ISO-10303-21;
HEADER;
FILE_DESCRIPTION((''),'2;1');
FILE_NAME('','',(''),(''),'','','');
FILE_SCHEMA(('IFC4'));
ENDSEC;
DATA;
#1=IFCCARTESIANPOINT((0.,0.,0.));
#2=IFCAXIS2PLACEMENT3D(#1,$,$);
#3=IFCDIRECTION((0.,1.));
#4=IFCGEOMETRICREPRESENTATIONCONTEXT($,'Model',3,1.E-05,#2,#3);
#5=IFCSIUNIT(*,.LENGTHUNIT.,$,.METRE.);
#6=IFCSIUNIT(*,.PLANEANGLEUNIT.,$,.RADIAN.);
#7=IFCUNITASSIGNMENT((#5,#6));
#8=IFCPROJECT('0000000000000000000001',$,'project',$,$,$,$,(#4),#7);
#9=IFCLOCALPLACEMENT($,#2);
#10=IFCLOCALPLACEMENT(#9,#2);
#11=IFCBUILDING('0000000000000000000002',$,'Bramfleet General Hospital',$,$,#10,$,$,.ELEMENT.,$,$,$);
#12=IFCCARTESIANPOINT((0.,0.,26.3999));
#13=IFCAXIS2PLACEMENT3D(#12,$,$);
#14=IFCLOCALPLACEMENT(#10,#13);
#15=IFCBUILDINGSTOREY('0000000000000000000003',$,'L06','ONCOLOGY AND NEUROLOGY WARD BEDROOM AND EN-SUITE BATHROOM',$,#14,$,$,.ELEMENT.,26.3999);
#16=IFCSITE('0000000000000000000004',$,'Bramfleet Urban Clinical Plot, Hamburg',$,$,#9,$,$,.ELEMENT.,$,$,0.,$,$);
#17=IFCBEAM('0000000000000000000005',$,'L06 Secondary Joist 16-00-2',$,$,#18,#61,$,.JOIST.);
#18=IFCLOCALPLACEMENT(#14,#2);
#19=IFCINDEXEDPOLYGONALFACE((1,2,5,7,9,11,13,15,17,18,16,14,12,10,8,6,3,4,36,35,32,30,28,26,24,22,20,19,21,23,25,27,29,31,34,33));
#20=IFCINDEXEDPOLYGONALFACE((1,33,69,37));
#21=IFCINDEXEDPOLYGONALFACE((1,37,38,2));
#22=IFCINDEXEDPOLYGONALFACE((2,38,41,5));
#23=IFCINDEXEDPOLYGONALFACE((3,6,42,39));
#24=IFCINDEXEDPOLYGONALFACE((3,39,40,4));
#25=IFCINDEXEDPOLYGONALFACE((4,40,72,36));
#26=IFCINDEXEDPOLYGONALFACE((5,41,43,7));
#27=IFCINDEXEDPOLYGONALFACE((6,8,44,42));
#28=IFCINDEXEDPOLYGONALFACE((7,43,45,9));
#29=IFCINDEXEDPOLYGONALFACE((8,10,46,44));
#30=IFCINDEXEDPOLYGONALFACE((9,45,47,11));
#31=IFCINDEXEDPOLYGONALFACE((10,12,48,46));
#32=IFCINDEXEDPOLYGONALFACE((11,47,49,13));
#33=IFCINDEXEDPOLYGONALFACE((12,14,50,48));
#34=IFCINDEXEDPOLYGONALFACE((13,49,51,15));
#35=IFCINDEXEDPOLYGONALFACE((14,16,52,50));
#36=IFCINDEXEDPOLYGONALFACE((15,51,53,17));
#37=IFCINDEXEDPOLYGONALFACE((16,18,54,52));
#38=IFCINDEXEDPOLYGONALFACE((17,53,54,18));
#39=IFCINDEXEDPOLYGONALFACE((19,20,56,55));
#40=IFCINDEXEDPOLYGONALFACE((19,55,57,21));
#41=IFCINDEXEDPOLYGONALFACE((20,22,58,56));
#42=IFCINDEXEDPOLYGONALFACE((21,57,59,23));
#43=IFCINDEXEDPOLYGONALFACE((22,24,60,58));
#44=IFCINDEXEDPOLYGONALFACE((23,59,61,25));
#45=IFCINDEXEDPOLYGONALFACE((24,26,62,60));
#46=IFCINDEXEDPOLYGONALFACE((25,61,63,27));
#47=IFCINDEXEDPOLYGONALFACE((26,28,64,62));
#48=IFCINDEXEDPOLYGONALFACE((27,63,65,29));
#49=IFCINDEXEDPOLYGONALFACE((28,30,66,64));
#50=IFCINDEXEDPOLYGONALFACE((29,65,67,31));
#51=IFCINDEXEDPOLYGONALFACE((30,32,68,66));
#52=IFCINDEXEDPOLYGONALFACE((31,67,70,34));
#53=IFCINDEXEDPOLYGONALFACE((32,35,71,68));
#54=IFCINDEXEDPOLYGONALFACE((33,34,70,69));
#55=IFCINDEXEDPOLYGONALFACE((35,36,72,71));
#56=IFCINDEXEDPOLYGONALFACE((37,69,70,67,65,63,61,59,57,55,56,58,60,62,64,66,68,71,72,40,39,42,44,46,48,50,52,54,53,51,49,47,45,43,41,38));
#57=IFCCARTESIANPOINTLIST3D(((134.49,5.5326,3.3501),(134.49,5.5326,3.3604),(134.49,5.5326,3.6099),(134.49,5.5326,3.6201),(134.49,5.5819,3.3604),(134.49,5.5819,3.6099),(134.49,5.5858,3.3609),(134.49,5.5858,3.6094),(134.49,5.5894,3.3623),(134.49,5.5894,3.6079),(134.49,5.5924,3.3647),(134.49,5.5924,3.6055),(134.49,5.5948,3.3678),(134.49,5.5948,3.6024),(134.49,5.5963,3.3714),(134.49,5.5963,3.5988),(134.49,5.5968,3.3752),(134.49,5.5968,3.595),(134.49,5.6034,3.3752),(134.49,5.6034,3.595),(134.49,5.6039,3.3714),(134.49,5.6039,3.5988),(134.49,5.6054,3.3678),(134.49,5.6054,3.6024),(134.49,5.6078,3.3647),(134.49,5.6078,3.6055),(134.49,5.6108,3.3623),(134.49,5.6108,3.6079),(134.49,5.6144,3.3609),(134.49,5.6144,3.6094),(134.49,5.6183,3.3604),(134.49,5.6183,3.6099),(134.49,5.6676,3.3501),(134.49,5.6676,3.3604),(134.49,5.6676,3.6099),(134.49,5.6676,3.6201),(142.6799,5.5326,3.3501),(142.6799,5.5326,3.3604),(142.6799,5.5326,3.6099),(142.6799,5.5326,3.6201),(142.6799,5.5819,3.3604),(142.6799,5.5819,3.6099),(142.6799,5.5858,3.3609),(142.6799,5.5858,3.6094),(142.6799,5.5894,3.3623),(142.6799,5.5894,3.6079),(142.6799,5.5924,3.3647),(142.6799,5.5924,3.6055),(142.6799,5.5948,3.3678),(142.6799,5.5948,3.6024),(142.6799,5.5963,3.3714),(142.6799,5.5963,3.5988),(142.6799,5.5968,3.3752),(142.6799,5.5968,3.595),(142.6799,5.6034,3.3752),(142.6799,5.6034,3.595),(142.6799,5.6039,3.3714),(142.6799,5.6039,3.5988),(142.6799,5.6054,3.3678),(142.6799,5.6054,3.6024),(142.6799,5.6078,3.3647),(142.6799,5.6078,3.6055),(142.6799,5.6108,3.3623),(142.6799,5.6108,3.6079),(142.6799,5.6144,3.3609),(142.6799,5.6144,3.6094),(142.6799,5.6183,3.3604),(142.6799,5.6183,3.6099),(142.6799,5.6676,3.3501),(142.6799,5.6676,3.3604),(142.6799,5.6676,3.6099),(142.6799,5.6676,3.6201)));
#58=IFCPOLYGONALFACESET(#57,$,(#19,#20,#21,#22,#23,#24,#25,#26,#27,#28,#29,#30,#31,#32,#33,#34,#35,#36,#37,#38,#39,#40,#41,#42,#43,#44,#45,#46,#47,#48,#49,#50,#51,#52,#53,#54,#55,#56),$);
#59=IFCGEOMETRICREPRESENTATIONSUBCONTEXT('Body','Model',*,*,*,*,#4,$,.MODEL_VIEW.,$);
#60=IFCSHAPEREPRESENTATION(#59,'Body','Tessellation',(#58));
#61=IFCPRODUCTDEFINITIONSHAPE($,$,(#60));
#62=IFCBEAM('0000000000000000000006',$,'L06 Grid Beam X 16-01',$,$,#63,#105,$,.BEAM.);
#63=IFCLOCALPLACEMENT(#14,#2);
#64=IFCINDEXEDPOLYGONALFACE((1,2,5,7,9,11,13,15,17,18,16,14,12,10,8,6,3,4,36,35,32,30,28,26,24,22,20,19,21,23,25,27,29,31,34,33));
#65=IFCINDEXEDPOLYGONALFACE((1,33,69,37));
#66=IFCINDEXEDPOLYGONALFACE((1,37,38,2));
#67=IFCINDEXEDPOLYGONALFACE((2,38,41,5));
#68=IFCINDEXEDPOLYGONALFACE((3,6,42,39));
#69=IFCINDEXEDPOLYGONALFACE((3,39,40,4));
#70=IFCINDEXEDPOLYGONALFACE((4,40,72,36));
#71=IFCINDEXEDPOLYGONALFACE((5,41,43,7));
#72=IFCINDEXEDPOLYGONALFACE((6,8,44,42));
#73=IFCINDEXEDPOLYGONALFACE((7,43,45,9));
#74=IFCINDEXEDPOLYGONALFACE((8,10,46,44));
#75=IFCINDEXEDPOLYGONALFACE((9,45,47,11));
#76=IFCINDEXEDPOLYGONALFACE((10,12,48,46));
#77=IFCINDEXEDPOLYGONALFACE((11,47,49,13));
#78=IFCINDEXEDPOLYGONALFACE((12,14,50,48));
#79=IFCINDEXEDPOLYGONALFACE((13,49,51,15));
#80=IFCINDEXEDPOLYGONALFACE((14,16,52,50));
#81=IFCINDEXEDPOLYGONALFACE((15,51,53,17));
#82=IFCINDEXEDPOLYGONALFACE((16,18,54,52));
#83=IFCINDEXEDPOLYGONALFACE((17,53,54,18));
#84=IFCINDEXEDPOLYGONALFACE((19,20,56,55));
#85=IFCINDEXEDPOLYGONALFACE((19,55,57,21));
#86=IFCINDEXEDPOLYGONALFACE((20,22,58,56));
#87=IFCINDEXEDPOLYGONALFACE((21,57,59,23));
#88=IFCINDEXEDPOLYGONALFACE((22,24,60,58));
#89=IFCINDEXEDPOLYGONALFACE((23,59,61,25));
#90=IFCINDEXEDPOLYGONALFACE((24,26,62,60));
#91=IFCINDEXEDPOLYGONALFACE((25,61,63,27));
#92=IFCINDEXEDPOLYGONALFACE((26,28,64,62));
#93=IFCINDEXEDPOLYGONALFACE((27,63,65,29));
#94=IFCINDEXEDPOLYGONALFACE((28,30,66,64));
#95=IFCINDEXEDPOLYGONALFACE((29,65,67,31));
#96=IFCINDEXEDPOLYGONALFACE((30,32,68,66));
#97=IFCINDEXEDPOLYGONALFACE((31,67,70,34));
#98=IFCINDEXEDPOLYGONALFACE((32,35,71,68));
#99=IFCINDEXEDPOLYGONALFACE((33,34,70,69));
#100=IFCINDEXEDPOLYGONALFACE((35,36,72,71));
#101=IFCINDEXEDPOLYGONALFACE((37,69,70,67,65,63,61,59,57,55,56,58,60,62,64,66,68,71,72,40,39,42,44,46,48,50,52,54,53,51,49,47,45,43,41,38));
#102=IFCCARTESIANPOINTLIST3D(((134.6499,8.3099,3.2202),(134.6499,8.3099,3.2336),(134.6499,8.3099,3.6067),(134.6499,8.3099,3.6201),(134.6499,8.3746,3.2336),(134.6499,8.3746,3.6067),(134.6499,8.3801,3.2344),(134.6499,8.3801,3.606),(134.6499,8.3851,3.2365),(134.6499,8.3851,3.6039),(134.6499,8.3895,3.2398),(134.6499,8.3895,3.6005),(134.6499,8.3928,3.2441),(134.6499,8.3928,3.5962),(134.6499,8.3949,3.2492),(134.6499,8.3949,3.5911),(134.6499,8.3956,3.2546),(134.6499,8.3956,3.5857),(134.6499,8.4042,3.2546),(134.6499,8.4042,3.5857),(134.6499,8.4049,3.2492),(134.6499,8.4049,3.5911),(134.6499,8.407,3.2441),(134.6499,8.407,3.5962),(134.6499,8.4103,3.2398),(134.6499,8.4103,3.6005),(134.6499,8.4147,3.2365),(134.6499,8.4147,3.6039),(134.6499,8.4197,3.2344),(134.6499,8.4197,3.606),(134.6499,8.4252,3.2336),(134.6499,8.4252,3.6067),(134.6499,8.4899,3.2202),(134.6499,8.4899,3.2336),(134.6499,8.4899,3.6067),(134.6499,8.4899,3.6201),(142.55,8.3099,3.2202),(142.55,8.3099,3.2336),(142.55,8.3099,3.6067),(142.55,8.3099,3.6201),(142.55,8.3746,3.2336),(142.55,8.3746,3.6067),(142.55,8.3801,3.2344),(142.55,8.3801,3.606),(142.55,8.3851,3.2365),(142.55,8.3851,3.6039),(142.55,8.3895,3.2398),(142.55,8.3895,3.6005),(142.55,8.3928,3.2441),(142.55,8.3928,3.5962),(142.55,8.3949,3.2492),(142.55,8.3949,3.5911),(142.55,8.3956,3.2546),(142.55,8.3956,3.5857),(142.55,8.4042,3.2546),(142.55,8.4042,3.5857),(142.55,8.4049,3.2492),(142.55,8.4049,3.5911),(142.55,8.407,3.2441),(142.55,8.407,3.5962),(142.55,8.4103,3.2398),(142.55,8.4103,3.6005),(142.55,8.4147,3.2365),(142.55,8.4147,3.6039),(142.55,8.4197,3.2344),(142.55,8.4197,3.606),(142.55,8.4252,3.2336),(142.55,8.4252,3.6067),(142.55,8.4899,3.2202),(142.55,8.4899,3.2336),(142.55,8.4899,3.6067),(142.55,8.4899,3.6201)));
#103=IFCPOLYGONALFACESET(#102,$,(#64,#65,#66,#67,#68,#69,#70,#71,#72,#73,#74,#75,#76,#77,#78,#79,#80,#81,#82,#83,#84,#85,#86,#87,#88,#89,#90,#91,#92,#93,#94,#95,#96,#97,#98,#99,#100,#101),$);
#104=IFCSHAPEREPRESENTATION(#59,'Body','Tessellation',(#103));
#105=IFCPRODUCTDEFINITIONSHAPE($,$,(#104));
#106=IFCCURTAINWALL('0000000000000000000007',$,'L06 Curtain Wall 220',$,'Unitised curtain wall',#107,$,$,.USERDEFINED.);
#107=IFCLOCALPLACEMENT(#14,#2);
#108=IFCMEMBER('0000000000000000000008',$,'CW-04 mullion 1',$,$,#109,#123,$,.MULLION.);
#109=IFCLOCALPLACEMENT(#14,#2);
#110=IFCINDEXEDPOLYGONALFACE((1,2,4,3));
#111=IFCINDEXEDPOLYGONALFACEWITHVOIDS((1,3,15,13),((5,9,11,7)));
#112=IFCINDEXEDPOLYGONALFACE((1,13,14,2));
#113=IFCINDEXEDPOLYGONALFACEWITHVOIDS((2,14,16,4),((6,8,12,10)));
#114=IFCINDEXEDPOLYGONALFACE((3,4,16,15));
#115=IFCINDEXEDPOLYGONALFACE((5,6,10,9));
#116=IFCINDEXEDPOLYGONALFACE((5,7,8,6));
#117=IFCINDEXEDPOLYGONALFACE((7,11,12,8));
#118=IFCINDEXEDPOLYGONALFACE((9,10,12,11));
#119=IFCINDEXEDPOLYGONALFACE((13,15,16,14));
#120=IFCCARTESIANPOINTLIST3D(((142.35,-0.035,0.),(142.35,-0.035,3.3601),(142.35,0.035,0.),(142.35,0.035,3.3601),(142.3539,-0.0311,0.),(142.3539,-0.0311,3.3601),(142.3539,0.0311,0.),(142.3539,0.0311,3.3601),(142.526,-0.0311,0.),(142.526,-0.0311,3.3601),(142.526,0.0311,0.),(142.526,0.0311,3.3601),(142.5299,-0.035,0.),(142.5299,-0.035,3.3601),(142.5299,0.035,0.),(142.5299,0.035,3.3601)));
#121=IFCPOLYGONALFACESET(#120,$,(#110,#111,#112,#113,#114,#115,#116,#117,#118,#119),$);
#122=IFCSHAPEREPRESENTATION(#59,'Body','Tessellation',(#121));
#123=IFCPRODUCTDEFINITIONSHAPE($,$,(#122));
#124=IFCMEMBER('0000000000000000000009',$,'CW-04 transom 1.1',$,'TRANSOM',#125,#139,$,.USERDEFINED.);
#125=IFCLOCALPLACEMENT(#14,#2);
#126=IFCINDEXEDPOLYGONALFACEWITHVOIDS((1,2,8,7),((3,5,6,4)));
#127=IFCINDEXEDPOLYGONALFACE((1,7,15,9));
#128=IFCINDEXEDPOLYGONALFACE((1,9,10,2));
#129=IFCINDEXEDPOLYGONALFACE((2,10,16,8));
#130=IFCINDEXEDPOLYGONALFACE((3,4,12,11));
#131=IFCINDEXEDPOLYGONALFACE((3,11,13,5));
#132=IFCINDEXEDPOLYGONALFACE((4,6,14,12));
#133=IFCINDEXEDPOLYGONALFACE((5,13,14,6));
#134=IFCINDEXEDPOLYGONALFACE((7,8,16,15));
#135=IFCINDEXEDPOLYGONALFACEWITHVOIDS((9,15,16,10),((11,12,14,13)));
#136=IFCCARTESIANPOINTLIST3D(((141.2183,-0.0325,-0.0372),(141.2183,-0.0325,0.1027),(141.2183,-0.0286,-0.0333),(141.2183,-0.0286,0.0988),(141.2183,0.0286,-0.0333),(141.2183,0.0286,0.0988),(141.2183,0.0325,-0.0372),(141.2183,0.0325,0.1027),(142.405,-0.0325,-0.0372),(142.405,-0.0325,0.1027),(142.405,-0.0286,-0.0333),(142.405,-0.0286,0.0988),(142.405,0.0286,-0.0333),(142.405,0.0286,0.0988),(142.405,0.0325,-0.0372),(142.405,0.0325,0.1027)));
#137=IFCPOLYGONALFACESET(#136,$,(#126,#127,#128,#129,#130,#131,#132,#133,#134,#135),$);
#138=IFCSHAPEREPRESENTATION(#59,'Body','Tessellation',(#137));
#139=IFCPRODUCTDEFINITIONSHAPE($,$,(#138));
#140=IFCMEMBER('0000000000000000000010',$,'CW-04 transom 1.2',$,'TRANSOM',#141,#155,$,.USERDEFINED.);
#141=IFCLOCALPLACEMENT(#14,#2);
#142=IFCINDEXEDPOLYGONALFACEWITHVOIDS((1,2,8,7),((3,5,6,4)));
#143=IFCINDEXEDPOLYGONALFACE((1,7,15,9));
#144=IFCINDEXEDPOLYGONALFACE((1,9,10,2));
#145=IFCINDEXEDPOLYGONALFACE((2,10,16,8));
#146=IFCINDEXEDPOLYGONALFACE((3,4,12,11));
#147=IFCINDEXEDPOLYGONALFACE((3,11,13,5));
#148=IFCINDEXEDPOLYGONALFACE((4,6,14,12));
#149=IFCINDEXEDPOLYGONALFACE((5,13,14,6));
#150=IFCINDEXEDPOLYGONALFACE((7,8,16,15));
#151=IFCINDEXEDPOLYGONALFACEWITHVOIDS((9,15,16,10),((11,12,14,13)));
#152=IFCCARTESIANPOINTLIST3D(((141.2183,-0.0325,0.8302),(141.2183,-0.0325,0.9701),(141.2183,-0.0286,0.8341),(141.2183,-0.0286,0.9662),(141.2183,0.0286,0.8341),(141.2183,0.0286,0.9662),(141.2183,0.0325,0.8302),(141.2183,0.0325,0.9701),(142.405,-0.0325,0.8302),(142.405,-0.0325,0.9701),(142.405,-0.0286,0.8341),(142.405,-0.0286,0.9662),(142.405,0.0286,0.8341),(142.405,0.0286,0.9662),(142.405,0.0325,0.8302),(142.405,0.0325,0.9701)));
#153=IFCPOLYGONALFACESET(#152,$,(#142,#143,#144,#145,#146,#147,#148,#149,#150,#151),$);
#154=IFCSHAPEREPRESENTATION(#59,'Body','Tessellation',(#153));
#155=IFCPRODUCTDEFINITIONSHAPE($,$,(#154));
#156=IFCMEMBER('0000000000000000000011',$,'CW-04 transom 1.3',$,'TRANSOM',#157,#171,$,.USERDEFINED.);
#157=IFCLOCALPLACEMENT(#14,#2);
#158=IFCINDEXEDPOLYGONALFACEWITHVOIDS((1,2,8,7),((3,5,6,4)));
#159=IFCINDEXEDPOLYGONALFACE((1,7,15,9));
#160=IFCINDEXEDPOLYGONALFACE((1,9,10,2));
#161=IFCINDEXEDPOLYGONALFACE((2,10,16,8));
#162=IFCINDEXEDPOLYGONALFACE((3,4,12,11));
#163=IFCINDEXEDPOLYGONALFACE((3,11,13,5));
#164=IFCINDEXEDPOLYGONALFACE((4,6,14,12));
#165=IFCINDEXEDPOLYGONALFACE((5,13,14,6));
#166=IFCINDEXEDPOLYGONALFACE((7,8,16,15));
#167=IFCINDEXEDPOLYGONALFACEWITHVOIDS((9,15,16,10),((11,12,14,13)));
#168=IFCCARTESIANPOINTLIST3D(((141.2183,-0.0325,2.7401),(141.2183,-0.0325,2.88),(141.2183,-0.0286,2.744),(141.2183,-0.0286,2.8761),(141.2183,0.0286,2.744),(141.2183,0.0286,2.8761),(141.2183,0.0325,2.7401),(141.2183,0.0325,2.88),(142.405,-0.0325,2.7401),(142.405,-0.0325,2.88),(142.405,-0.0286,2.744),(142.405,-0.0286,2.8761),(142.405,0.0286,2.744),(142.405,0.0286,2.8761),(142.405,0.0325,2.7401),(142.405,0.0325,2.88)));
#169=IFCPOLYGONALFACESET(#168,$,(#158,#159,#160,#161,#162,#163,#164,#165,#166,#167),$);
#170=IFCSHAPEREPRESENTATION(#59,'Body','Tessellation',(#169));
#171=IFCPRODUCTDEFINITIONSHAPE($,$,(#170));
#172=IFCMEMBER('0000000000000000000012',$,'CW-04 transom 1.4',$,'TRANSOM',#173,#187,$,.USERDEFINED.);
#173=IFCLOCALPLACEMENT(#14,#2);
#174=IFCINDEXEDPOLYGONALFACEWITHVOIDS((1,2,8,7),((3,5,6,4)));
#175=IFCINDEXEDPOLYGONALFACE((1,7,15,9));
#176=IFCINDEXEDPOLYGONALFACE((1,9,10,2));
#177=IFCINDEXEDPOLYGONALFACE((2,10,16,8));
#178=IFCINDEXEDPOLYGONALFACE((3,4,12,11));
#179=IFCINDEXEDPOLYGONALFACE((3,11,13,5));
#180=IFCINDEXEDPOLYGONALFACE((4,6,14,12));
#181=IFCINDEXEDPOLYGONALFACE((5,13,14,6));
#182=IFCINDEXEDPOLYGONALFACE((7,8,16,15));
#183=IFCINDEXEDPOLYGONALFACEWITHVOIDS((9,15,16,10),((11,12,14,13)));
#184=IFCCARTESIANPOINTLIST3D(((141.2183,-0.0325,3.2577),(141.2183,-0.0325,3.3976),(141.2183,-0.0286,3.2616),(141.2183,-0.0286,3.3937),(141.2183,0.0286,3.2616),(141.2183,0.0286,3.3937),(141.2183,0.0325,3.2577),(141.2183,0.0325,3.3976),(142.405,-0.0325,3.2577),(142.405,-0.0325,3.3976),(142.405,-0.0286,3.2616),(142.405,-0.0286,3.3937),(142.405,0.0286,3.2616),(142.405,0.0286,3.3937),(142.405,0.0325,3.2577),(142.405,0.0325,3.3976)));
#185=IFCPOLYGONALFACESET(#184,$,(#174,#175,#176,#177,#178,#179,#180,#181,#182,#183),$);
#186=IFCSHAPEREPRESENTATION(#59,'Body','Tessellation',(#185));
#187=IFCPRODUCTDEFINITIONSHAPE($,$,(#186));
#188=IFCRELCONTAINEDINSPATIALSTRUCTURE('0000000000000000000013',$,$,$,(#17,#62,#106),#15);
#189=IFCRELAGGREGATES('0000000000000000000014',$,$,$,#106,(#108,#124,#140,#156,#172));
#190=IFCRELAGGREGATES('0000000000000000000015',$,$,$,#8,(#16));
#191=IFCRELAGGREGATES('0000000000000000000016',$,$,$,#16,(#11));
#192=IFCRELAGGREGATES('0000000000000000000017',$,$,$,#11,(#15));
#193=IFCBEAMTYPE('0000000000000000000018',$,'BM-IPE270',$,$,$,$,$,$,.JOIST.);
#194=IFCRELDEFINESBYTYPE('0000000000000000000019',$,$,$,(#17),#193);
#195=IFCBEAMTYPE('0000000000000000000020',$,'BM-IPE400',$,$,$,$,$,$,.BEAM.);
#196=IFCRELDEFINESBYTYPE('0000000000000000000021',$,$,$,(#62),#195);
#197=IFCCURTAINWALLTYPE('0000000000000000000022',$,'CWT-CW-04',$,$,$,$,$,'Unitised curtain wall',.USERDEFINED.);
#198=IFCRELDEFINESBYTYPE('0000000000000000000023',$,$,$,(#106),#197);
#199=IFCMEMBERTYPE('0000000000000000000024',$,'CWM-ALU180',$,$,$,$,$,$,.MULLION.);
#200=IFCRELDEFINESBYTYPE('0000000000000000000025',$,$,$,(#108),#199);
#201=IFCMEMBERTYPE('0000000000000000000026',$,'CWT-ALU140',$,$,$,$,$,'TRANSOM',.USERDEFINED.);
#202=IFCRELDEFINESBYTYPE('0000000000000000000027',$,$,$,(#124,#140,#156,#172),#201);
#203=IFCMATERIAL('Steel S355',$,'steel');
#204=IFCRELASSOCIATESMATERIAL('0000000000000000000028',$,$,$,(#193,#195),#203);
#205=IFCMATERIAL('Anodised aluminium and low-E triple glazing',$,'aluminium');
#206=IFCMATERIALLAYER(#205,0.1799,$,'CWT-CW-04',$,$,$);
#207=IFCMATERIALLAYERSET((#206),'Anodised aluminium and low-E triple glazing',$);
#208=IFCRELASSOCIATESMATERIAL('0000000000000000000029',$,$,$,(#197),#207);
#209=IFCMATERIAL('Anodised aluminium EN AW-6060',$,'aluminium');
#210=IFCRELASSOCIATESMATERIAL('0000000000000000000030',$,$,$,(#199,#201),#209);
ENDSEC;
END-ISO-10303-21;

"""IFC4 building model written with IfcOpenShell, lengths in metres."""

from ifc_helpers import new_model, si_unit, direction, frame, origin, origin_2d, place, context, subcontext, project, spatial, hollow_rectangle, i_section, extrude, material, layer, layer_set, material_profile, profile_set, type_object, element, aggregate, save


model = new_model("IFC4")

# Units and contexts
model_context = context("Model", 3, precision=1e-05, world=origin(), true_north=direction((0.0, 1.0)))
body_context = subcontext(model_context, "Body", "Model", "MODEL_VIEW")
ifc_project = project(units=[si_unit("LENGTHUNIT", "METRE"), si_unit("PLANEANGLEUNIT", "RADIAN")], contexts=[model_context])

# Site, building, storey
site_placement = place(None, origin())
site = spatial("IfcSite", under=ifc_project, at=site_placement, Name="Bramfleet Urban Clinical Plot, Hamburg", CompositionType="ELEMENT", RefElevation=0.0)
building_placement = place(site_placement, origin())
building = spatial("IfcBuilding", under=site, at=building_placement, Name="Bramfleet General Hospital", CompositionType="ELEMENT")
storey_placement = place(building_placement, frame((0.0, 0.0, 26.3999)))
storey = spatial("IfcBuildingStorey", under=building, at=storey_placement, Name="L06", Description="ONCOLOGY AND NEUROLOGY WARD BEDROOM AND EN-SUITE BATHROOM", CompositionType="ELEMENT", Elevation=26.3999)

# Beams
ifc_material_1 = material(Name="Steel S355", Category="steel")
ifc_material_profile_1 = material_profile(ifc_material_1, i_section(OverallWidth=0.135, OverallDepth=0.27, WebThickness=0.0066, FlangeThickness=0.0103, FilletRadius=0.0149, at=origin_2d()), Name="IPE 270")
ifc_profile_set_1 = profile_set([ifc_material_profile_1], Name="Steel S355")
beam_type_1 = type_object("IfcBeamType", Name="BM-IPE270", PredefinedType="JOIST", material=ifc_profile_set_1)
for number, where, z_axis, x_axis, name in (
    (1, (134.49, 5.6001, 3.4851), (1.0, 0.0, 0.0), (0.0, 1.0, 0.0), "L06 Secondary Joist 16-00-2"),
):
    element("IfcBeam", number, at=place(storey_placement, frame(where, z_axis=z_axis, x_axis=x_axis)), inside=storey, type_object=beam_type_1, Name=name, PredefinedType="JOIST", context=body_context, shape_type="SweptSolid", body=[
        extrude(i_section(OverallWidth=0.135, OverallDepth=0.27, WebThickness=0.0066, FlangeThickness=0.0103, FilletRadius=0.0149, at=origin_2d()), origin(), (0.0, 0.0, 1.0), 8.1899),
    ])
ifc_material_profile_2 = material_profile(ifc_material_1, i_section(OverallWidth=0.1799, OverallDepth=0.3999, WebThickness=0.0085, FlangeThickness=0.0134, FilletRadius=0.021, at=origin_2d()), Name="IPE 400")
ifc_profile_set_2 = profile_set([ifc_material_profile_2], Name="Steel S355")
beam_type_2 = type_object("IfcBeamType", Name="BM-IPE400", PredefinedType="BEAM", material=ifc_profile_set_2)
beam_1_placement = place(storey_placement, frame((134.6499, 8.3999, 3.4202), z_axis=(1.0, 0.0, 0.0), x_axis=(0.0, 1.0, 0.0)))
element("IfcBeam", 2, at=beam_1_placement, inside=storey, type_object=beam_type_2, Name="L06 Grid Beam X 16-01", PredefinedType="BEAM", context=body_context, shape_type="SweptSolid", body=[
    extrude(i_section(OverallWidth=0.1799, OverallDepth=0.3999, WebThickness=0.0085, FlangeThickness=0.0134, FilletRadius=0.021, at=origin_2d()), origin(), (0.0, 0.0, 1.0), 7.9001),
])

# Curtain wall, members
ifc_material_2 = material(Name="Anodised aluminium and low-E triple glazing", Category="aluminium")
ifc_layer_1 = layer(ifc_material_2, 0.1799, Name="CWT-CW-04")
ifc_layer_set_1 = layer_set([ifc_layer_1], Name="Anodised aluminium and low-E triple glazing")
curtain_wall_type = type_object("IfcCurtainWallType", Name="CWT-CW-04", ElementType="Unitised curtain wall", PredefinedType="USERDEFINED", material=ifc_layer_set_1)
curtain_wall_placement = place(storey_placement, origin())
curtain_wall = element("IfcCurtainWall", 3, at=curtain_wall_placement, inside=storey, type_object=curtain_wall_type, Name="L06 Curtain Wall 220", ObjectType="Unitised curtain wall", PredefinedType="USERDEFINED")
ifc_material_3 = material(Name="Anodised aluminium EN AW-6060", Category="aluminium")
ifc_material_profile_3 = material_profile(ifc_material_3, hollow_rectangle(XDim=0.0701, YDim=0.1799, WallThickness=0.0039, at=origin_2d()), Name="ALU 180x70x4.0")
ifc_profile_set_3 = profile_set([ifc_material_profile_3], Name="Anodised aluminium EN AW-6060")
member_type_1 = type_object("IfcMemberType", Name="CWM-ALU180", PredefinedType="MULLION", material=ifc_profile_set_3)
member_1_placement = place(storey_placement, frame((142.4399, 0.0, 0.0), z_axis=(0.0, 0.0, 1.0), x_axis=(0.0, -1.0, 0.0)))
member_1 = element("IfcMember", 4, at=member_1_placement, type_object=member_type_1, Name="CW-04 mullion 1", PredefinedType="MULLION", context=body_context, shape_type="SweptSolid", body=[
    extrude(hollow_rectangle(XDim=0.0701, YDim=0.1799, WallThickness=0.0039, at=origin_2d()), origin(), (0.0, 0.0, 1.0), 3.3601),
])
ifc_material_profile_4 = material_profile(ifc_material_3, hollow_rectangle(XDim=0.0649, YDim=0.1399, WallThickness=0.0039, at=origin_2d()), Name="ALU 140x65x4.0")
ifc_profile_set_4 = profile_set([ifc_material_profile_4], Name="Anodised aluminium EN AW-6060")
member_type_2 = type_object("IfcMemberType", Name="CWT-ALU140", ElementType="TRANSOM", PredefinedType="USERDEFINED", material=ifc_profile_set_4)
member_2_placement = place(storey_placement, frame((142.405, 0.0, 0.0327), z_axis=(-1.0, 0.0, 0.0), x_axis=(0.0, -1.0, 0.0)))
member_2 = element("IfcMember", 5, at=member_2_placement, type_object=member_type_2, Name="CW-04 transom 1.1", ObjectType="TRANSOM", PredefinedType="USERDEFINED", context=body_context, shape_type="SweptSolid", body=[
    extrude(hollow_rectangle(XDim=0.0649, YDim=0.1399, WallThickness=0.0039, at=origin_2d()), origin(), (0.0, 0.0, 1.0), 1.1868),
])
member_3_placement = place(storey_placement, frame((142.405, 0.0, 0.9001), z_axis=(-1.0, 0.0, 0.0), x_axis=(0.0, -1.0, 0.0)))
member_3 = element("IfcMember", 6, at=member_3_placement, type_object=member_type_2, Name="CW-04 transom 1.2", ObjectType="TRANSOM", PredefinedType="USERDEFINED", context=body_context, shape_type="SweptSolid", body=[
    extrude(hollow_rectangle(XDim=0.0649, YDim=0.1399, WallThickness=0.0039, at=origin_2d()), origin(), (0.0, 0.0, 1.0), 1.1868),
])
member_4_placement = place(storey_placement, frame((142.405, 0.0, 2.8101), z_axis=(-1.0, 0.0, 0.0), x_axis=(0.0, -1.0, 0.0)))
member_4 = element("IfcMember", 7, at=member_4_placement, type_object=member_type_2, Name="CW-04 transom 1.3", ObjectType="TRANSOM", PredefinedType="USERDEFINED", context=body_context, shape_type="SweptSolid", body=[
    extrude(hollow_rectangle(XDim=0.0649, YDim=0.1399, WallThickness=0.0039, at=origin_2d()), origin(), (0.0, 0.0, 1.0), 1.1868),
])
member_5_placement = place(storey_placement, frame((142.405, 0.0, 3.3276), z_axis=(-1.0, 0.0, 0.0), x_axis=(0.0, -1.0, 0.0)))
member_5 = element("IfcMember", 8, at=member_5_placement, type_object=member_type_2, Name="CW-04 transom 1.4", ObjectType="TRANSOM", PredefinedType="USERDEFINED", context=body_context, shape_type="SweptSolid", body=[
    extrude(hollow_rectangle(XDim=0.0649, YDim=0.1399, WallThickness=0.0039, at=origin_2d()), origin(), (0.0, 0.0, 1.0), 1.1868),
])
aggregate(curtain_wall, [member_1, member_2, member_3, member_4, member_5])

save(model, "model.ifc")
